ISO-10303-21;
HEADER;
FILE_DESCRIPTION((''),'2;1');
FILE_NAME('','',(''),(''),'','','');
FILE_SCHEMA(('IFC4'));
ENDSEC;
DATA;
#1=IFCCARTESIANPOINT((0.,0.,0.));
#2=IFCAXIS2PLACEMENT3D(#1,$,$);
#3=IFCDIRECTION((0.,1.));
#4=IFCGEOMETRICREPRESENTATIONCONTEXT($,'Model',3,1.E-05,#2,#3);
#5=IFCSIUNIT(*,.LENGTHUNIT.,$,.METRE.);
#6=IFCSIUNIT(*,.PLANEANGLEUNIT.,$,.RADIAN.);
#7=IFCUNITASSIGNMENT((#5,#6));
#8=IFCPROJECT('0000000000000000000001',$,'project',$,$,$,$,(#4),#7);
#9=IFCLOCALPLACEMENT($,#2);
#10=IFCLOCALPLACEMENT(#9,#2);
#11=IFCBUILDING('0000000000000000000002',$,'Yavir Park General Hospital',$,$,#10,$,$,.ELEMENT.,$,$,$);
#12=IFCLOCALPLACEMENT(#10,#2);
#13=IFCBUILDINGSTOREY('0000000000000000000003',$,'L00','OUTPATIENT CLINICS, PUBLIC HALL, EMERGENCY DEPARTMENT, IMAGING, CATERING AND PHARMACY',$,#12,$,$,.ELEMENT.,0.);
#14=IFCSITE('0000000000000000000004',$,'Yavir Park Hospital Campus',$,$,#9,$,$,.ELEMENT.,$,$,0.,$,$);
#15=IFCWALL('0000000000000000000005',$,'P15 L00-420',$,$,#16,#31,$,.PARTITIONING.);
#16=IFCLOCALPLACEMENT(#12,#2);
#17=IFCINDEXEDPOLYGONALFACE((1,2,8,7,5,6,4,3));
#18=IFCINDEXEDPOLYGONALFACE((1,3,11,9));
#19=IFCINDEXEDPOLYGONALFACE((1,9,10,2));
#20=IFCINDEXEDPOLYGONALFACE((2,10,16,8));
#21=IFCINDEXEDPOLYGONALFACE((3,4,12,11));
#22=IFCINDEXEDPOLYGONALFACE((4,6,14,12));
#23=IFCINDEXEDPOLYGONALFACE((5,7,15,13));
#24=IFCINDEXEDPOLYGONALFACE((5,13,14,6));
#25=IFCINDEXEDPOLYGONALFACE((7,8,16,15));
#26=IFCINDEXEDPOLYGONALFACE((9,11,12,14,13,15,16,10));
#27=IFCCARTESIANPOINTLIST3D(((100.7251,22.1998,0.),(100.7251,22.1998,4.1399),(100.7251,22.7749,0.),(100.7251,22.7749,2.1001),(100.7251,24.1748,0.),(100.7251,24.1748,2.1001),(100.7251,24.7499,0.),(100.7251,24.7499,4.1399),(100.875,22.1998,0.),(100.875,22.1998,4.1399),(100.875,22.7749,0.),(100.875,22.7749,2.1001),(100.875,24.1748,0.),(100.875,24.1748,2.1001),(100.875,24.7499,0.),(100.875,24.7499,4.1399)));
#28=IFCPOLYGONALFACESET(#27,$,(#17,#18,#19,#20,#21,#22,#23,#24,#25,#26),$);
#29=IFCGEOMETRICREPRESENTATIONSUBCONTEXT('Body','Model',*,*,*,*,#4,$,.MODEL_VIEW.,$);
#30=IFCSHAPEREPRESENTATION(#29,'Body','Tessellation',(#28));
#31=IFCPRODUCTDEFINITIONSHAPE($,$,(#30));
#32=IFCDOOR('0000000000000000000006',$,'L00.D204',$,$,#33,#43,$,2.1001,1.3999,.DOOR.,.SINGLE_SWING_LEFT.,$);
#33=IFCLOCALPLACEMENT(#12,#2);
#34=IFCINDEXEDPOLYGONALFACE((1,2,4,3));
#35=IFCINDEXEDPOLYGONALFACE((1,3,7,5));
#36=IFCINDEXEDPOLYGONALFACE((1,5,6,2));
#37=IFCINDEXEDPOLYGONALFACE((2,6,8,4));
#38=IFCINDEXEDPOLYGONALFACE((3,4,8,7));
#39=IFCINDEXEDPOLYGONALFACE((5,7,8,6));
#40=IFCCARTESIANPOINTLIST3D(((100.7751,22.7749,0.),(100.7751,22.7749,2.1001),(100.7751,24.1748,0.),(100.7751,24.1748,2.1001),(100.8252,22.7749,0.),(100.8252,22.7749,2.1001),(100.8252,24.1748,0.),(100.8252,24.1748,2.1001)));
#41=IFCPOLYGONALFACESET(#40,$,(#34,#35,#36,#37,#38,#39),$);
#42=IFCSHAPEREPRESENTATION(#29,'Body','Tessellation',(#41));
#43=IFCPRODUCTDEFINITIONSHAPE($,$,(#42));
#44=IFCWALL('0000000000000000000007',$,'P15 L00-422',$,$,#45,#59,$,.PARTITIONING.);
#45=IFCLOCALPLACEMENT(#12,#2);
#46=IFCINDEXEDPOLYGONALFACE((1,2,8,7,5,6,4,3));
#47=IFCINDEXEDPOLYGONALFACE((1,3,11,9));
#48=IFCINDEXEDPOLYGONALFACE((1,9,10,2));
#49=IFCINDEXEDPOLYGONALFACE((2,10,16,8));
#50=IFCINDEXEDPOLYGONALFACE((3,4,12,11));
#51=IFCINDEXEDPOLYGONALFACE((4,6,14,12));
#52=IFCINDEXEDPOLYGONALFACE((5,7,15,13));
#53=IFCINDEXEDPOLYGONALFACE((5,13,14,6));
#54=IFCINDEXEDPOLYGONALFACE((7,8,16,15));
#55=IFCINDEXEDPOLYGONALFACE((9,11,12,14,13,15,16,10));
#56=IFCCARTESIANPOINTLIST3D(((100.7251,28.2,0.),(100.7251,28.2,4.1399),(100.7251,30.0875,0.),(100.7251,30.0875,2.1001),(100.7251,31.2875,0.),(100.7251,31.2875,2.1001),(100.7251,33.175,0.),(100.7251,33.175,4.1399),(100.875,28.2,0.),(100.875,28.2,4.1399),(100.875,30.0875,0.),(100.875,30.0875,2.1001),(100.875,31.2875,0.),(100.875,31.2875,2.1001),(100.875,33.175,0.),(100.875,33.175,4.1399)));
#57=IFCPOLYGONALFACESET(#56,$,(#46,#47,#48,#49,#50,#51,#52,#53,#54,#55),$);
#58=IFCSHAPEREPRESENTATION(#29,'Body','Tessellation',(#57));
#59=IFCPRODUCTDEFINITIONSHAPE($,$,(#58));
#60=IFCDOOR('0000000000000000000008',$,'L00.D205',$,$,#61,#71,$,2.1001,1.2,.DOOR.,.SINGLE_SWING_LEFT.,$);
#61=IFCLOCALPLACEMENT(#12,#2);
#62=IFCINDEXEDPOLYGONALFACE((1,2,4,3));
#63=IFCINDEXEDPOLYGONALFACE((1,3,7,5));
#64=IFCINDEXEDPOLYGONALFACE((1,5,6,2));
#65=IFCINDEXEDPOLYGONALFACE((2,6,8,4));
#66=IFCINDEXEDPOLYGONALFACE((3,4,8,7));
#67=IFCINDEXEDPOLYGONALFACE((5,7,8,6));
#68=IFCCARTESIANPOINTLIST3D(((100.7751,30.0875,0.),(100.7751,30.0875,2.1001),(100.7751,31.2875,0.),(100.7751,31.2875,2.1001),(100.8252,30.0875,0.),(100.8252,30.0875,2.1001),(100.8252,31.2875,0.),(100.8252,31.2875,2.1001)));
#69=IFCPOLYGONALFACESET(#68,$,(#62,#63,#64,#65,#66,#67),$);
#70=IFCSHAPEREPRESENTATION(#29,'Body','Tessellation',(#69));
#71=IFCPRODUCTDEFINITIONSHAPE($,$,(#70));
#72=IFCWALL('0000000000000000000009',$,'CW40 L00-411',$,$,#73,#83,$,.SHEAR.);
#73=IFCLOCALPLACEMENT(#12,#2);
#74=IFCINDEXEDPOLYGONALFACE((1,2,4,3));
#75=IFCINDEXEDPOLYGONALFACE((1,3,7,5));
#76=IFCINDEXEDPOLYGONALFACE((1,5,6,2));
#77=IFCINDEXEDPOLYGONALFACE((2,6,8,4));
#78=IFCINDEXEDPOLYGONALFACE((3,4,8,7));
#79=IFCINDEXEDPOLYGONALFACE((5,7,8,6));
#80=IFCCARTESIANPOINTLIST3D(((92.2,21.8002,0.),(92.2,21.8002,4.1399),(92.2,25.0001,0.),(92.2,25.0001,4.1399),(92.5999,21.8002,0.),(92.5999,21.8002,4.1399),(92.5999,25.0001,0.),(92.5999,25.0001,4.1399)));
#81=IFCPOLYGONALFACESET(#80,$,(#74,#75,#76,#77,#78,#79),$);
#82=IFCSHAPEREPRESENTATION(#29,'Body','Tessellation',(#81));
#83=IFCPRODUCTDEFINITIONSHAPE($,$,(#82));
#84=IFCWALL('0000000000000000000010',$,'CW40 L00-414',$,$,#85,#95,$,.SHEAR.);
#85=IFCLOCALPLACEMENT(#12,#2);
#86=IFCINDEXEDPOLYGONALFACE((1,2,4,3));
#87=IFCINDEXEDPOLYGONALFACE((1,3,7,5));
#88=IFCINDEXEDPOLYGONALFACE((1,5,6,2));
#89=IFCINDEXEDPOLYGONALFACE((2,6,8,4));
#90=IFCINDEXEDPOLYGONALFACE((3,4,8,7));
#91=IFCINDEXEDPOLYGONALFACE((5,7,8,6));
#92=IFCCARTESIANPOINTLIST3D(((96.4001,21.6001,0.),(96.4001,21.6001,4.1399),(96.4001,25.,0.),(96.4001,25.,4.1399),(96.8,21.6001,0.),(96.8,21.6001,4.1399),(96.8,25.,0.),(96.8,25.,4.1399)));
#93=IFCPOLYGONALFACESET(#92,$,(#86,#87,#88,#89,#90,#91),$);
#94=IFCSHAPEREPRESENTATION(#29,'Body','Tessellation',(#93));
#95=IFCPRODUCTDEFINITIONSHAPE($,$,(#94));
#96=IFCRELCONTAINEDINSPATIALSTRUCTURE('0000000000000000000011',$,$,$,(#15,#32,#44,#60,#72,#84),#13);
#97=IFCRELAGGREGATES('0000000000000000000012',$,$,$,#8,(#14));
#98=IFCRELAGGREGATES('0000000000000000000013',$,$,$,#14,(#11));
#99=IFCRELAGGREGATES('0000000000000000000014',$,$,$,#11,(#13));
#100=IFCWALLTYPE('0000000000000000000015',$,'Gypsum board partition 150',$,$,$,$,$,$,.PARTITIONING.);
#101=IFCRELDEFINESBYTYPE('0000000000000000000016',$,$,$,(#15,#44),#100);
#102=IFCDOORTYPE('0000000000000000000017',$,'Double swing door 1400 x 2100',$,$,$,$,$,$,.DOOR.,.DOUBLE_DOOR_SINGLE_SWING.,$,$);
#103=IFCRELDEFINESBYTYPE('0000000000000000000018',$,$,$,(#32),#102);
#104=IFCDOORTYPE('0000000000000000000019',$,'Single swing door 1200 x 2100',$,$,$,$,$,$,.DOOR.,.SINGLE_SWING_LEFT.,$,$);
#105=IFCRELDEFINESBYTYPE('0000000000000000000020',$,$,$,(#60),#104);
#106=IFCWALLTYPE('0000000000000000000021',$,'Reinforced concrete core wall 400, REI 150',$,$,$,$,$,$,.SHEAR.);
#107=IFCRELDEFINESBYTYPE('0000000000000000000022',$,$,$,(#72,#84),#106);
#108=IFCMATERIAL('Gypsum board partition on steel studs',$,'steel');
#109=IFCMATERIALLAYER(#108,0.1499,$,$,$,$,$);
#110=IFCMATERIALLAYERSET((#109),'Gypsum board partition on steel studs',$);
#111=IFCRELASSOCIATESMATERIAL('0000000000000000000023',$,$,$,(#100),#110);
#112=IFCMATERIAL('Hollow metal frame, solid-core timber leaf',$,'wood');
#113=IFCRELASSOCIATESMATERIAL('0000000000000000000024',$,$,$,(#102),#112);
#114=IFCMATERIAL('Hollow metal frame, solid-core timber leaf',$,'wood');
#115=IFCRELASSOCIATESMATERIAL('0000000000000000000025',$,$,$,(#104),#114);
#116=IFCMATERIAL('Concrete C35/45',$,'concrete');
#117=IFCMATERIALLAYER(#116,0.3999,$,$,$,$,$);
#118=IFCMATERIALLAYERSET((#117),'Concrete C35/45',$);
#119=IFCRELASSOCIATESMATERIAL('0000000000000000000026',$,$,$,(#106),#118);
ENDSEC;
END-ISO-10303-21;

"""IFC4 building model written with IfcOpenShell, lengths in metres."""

from ifc_helpers import new_model, si_unit, direction, frame, frame_2d, origin, place, context, subcontext, project, spatial, rectangle, extrude, material, layer, layer_set, type_object, element, fill, save


model = new_model("IFC4")

# Units and contexts
model_context = context("Model", 3, precision=1e-05, world=origin(), true_north=direction((0.0, 1.0)))
body_context = subcontext(model_context, "Body", "Model", "MODEL_VIEW")
ifc_project = project(units=[si_unit("LENGTHUNIT", "METRE"), si_unit("PLANEANGLEUNIT", "RADIAN")], contexts=[model_context])

# Site, building, storey
site_placement = place(None, origin())
site = spatial("IfcSite", under=ifc_project, at=site_placement, Name="Yavir Park Hospital Campus", CompositionType="ELEMENT", RefElevation=0.0)
building_placement = place(site_placement, origin())
building = spatial("IfcBuilding", under=site, at=building_placement, Name="Yavir Park General Hospital", CompositionType="ELEMENT")
storey_placement = place(building_placement, origin())
storey = spatial("IfcBuildingStorey", under=building, at=storey_placement, Name="L00", Description="OUTPATIENT CLINICS, PUBLIC HALL, EMERGENCY DEPARTMENT, IMAGING, CATERING AND PHARMACY", CompositionType="ELEMENT", Elevation=0.0)

# Walls, openings, doors
ifc_material_1 = material(Name="Gypsum board partition on steel studs", Category="steel")
ifc_layer_1 = layer(ifc_material_1, 0.1499)
ifc_layer_set_1 = layer_set([ifc_layer_1], Name="Gypsum board partition on steel studs")
wall_type_1 = type_object("IfcWallType", Name="Gypsum board partition 150", PredefinedType="PARTITIONING", material=ifc_layer_set_1)
wall_1_placement = place(storey_placement, frame((100.8, 22.2, 0.0), z_axis=(0.0, 0.0, 1.0), x_axis=(0.0, 1.0, 0.0)))
wall_1 = element("IfcWall", 1, at=wall_1_placement, inside=storey, type_object=wall_type_1, Name="P15 L00-420", PredefinedType="PARTITIONING", context=body_context, shape_type="SweptSolid", body=[
    extrude(rectangle(XDim=2.55, YDim=0.1499, at=frame_2d((1.2749, 0.0))), origin(), (0.0, 0.0, 1.0), 4.1399),
])
opening_1_placement = place(wall_1_placement, frame((0.575, 0.0, 0.0)))
opening_1 = element("IfcOpeningElement", 2, at=opening_1_placement, cuts=wall_1, PredefinedType="OPENING", context=body_context, shape_type="SweptSolid", body=[
    extrude(rectangle(XDim=1.3999, YDim=2.1001, at=frame_2d((0.7, 1.05))), frame((0.0, 0.085, 0.0), z_axis=(0.0, -1.0, 0.0), x_axis=(1.0, 0.0, 0.0)), (0.0, 0.0, 1.0), 0.1699),
])
ifc_material_2 = material(Name="Hollow metal frame, solid-core timber leaf", Category="wood")
door_type_1 = type_object("IfcDoorType", Name="Double swing door 1400 x 2100", OperationType="DOUBLE_DOOR_SINGLE_SWING", PredefinedType="DOOR", material=ifc_material_2)
door_1_placement = place(opening_1_placement, origin())
door_1 = element("IfcDoor", 3, at=door_1_placement, inside=storey, type_object=door_type_1, Name="L00.D204", OperationType="SINGLE_SWING_LEFT", OverallHeight=2.1001, OverallWidth=1.3999, PredefinedType="DOOR", context=body_context, shape_type="SweptSolid", body=[
    extrude(rectangle(XDim=1.3999, YDim=2.1001, at=frame_2d((0.7, 1.05))), frame((0.0, 0.0249, 0.0), z_axis=(0.0, -1.0, 0.0), x_axis=(1.0, 0.0, 0.0)), (0.0, 0.0, 1.0), 0.05),
])
fill(opening_1, door_1)
wall_2_placement = place(storey_placement, frame((100.8, 28.2, 0.0), z_axis=(0.0, 0.0, 1.0), x_axis=(0.0, 1.0, 0.0)))
wall_2 = element("IfcWall", 4, at=wall_2_placement, inside=storey, type_object=wall_type_1, Name="P15 L00-422", PredefinedType="PARTITIONING", context=body_context, shape_type="SweptSolid", body=[
    extrude(rectangle(XDim=4.9751, YDim=0.1499, at=frame_2d((2.4875, 0.0))), origin(), (0.0, 0.0, 1.0), 4.1399),
])
opening_2_placement = place(wall_2_placement, frame((1.8875, 0.0, 0.0)))
opening_2 = element("IfcOpeningElement", 5, at=opening_2_placement, cuts=wall_2, PredefinedType="OPENING", context=body_context, shape_type="SweptSolid", body=[
    extrude(rectangle(XDim=1.2, YDim=2.1001, at=frame_2d((0.6001, 1.05))), frame((0.0, 0.085, 0.0), z_axis=(0.0, -1.0, 0.0), x_axis=(1.0, 0.0, 0.0)), (0.0, 0.0, 1.0), 0.1699),
])
ifc_material_3 = material(Name="Hollow metal frame, solid-core timber leaf", Category="wood")
door_type_2 = type_object("IfcDoorType", Name="Single swing door 1200 x 2100", OperationType="SINGLE_SWING_LEFT", PredefinedType="DOOR", material=ifc_material_3)
door_2_placement = place(opening_2_placement, origin())
door_2 = element("IfcDoor", 6, at=door_2_placement, inside=storey, type_object=door_type_2, Name="L00.D205", OperationType="SINGLE_SWING_LEFT", OverallHeight=2.1001, OverallWidth=1.2, PredefinedType="DOOR", context=body_context, shape_type="SweptSolid", body=[
    extrude(rectangle(XDim=1.2, YDim=2.1001, at=frame_2d((0.6001, 1.05))), frame((0.0, 0.0249, 0.0), z_axis=(0.0, -1.0, 0.0), x_axis=(1.0, 0.0, 0.0)), (0.0, 0.0, 1.0), 0.05),
])
fill(opening_2, door_2)

# Walls
ifc_material_4 = material(Name="Concrete C35/45", Category="concrete")
ifc_layer_2 = layer(ifc_material_4, 0.3999)
ifc_layer_set_2 = layer_set([ifc_layer_2], Name="Concrete C35/45")
wall_type_2 = type_object("IfcWallType", Name="Reinforced concrete core wall 400, REI 150", PredefinedType="SHEAR", material=ifc_layer_set_2)
wall_3_placement = place(storey_placement, frame((92.3999, 21.8, 0.0), z_axis=(0.0, 0.0, 1.0), x_axis=(0.0, 1.0, 0.0)))
element("IfcWall", 7, at=wall_3_placement, inside=storey, type_object=wall_type_2, Name="CW40 L00-411", PredefinedType="SHEAR", context=body_context, shape_type="SweptSolid", body=[
    extrude(rectangle(XDim=3.2, YDim=0.3999, at=frame_2d((1.6001, 0.0))), origin(), (0.0, 0.0, 1.0), 4.1399),
])
wall_4_placement = place(storey_placement, frame((96.6001, 21.6001, 0.0), z_axis=(0.0, 0.0, 1.0), x_axis=(0.0, 1.0, 0.0)))
element("IfcWall", 8, at=wall_4_placement, inside=storey, type_object=wall_type_2, Name="CW40 L00-414", PredefinedType="SHEAR", context=body_context, shape_type="SweptSolid", body=[
    extrude(rectangle(XDim=3.3999, YDim=0.3999, at=frame_2d((1.7, 0.0))), origin(), (0.0, 0.0, 1.0), 4.1399),
])

save(model, "model.ifc")
